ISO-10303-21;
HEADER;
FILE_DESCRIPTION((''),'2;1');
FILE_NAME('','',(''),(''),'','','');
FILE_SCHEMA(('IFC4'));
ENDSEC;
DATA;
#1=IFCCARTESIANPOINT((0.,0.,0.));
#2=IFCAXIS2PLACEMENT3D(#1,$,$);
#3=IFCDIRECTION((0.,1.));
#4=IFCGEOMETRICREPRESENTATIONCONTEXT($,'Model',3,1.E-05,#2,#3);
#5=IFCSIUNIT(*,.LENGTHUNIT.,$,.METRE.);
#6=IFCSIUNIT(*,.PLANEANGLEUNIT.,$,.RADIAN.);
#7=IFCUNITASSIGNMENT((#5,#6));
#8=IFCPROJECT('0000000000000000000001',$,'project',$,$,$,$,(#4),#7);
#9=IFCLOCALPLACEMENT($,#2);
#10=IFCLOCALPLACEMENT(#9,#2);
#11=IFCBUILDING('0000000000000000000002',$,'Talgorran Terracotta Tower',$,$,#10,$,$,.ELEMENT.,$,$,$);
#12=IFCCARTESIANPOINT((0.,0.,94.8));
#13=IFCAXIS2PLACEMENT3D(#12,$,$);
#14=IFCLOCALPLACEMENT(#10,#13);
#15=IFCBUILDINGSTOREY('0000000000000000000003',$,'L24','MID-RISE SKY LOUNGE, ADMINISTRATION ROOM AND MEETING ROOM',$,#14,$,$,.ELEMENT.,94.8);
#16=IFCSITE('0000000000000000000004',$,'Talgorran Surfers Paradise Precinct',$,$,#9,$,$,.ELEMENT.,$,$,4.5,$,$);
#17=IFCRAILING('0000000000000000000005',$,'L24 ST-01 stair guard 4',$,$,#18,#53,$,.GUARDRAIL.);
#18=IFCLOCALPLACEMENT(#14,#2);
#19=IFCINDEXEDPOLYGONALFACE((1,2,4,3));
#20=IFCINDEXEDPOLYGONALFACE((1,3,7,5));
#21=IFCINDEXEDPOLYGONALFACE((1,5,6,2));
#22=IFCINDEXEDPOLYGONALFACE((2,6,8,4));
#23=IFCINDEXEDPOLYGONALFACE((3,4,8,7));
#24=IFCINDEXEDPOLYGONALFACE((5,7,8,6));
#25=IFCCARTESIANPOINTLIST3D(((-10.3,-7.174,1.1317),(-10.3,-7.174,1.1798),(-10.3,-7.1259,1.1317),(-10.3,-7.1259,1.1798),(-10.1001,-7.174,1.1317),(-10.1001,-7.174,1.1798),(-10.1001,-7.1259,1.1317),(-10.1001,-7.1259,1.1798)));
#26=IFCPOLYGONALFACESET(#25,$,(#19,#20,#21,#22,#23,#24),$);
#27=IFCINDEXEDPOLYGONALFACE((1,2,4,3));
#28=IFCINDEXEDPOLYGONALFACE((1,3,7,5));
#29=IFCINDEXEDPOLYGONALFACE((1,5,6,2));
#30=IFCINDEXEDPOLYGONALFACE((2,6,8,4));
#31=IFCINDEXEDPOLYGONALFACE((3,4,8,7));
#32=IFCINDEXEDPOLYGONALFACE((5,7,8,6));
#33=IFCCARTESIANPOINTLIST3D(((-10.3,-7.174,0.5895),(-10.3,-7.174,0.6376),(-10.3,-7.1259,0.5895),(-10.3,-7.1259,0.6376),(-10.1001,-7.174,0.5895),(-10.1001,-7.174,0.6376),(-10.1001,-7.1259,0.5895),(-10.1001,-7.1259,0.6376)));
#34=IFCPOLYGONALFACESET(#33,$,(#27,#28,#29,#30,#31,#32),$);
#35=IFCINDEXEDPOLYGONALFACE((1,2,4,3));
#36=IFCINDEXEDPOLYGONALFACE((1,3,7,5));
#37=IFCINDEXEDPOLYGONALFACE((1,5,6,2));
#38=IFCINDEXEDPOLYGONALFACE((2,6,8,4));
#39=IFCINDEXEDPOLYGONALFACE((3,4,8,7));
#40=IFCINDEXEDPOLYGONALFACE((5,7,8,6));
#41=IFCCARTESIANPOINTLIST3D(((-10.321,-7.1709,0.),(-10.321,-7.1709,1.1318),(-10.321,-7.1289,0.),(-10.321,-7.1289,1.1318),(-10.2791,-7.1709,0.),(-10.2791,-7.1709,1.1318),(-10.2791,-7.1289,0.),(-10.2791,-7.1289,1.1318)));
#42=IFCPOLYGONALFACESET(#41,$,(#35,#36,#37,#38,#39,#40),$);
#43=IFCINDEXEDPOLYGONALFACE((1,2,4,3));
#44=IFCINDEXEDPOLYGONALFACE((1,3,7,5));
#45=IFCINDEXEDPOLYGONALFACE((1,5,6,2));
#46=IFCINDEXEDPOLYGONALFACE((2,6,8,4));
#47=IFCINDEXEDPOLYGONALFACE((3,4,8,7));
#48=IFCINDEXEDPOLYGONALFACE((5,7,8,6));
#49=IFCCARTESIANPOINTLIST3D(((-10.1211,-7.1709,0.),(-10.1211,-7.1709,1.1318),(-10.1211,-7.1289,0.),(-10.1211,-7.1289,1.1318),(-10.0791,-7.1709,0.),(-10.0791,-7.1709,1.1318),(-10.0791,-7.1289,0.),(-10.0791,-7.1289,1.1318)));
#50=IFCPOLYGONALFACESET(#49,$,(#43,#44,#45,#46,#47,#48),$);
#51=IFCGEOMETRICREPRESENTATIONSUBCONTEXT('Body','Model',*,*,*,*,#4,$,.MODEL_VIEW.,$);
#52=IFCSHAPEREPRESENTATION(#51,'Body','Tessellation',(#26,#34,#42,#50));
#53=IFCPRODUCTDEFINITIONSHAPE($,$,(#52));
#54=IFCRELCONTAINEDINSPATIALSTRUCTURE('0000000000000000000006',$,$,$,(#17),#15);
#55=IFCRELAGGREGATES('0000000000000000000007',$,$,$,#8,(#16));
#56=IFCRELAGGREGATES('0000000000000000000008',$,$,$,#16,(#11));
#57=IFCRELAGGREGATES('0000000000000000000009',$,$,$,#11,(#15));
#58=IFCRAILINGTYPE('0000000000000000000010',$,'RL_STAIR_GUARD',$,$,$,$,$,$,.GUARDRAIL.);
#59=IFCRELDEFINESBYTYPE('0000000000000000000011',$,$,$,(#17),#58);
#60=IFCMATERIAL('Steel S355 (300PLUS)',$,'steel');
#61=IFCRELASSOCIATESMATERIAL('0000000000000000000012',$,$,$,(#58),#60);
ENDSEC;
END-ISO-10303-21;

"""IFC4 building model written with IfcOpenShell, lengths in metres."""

from ifc_helpers import new_model, si_unit, direction, frame, origin, origin_2d, place, context, subcontext, project, spatial, rectangle, extrude, material, type_object, element, save


model = new_model("IFC4")

# Units and contexts
model_context = context("Model", 3, precision=1e-05, world=origin(), true_north=direction((0.0, 1.0)))
body_context = subcontext(model_context, "Body", "Model", "MODEL_VIEW")
ifc_project = project(units=[si_unit("LENGTHUNIT", "METRE"), si_unit("PLANEANGLEUNIT", "RADIAN")], contexts=[model_context])

# Site, building, storey
site_placement = place(None, origin())
site = spatial("IfcSite", under=ifc_project, at=site_placement, Name="Talgorran Surfers Paradise Precinct", CompositionType="ELEMENT", RefElevation=4.5)
building_placement = place(site_placement, origin())
building = spatial("IfcBuilding", under=site, at=building_placement, Name="Talgorran Terracotta Tower", CompositionType="ELEMENT")
storey_placement = place(building_placement, frame((0.0, 0.0, 94.8)))
storey = spatial("IfcBuildingStorey", under=building, at=storey_placement, Name="L24", Description="MID-RISE SKY LOUNGE, ADMINISTRATION ROOM AND MEETING ROOM", CompositionType="ELEMENT", Elevation=94.8)

# Shared definitions
ifc_material_1 = material(Name="Steel S355 (300PLUS)", Category="steel")

# Railing
railing_type_1 = type_object("IfcRailingType", Name="RL_STAIR_GUARD", PredefinedType="GUARDRAIL", material=ifc_material_1)
railing_1_placement = place(storey_placement, frame((-10.3, -7.1499, 0.0)))
element("IfcRailing", 1, at=railing_1_placement, inside=storey, type_object=railing_type_1, Name="L24 ST-01 stair guard 4", PredefinedType="GUARDRAIL", context=body_context, shape_type="SweptSolid", body=[
    extrude(rectangle(XDim=0.0481, YDim=0.0481, at=origin_2d()), frame((0.0, 0.0, 1.1558), z_axis=(1.0, 0.0, 0.0), x_axis=(0.0, 1.0, 0.0)), (0.0, 0.0, 1.0), 0.2),
    extrude(rectangle(XDim=0.0481, YDim=0.0481, at=origin_2d()), frame((0.0, 0.0, 0.6135), z_axis=(1.0, 0.0, 0.0), x_axis=(0.0, 1.0, 0.0)), (0.0, 0.0, 1.0), 0.2),
    extrude(rectangle(XDim=0.042, YDim=0.042, at=origin_2d()), origin(), (0.0, 0.0, 1.0), 1.1318),
    extrude(rectangle(XDim=0.042, YDim=0.042, at=origin_2d()), frame((0.2, 0.0, 0.0)), (0.0, 0.0, 1.0), 1.1318),
])

save(model, "model.ifc")
